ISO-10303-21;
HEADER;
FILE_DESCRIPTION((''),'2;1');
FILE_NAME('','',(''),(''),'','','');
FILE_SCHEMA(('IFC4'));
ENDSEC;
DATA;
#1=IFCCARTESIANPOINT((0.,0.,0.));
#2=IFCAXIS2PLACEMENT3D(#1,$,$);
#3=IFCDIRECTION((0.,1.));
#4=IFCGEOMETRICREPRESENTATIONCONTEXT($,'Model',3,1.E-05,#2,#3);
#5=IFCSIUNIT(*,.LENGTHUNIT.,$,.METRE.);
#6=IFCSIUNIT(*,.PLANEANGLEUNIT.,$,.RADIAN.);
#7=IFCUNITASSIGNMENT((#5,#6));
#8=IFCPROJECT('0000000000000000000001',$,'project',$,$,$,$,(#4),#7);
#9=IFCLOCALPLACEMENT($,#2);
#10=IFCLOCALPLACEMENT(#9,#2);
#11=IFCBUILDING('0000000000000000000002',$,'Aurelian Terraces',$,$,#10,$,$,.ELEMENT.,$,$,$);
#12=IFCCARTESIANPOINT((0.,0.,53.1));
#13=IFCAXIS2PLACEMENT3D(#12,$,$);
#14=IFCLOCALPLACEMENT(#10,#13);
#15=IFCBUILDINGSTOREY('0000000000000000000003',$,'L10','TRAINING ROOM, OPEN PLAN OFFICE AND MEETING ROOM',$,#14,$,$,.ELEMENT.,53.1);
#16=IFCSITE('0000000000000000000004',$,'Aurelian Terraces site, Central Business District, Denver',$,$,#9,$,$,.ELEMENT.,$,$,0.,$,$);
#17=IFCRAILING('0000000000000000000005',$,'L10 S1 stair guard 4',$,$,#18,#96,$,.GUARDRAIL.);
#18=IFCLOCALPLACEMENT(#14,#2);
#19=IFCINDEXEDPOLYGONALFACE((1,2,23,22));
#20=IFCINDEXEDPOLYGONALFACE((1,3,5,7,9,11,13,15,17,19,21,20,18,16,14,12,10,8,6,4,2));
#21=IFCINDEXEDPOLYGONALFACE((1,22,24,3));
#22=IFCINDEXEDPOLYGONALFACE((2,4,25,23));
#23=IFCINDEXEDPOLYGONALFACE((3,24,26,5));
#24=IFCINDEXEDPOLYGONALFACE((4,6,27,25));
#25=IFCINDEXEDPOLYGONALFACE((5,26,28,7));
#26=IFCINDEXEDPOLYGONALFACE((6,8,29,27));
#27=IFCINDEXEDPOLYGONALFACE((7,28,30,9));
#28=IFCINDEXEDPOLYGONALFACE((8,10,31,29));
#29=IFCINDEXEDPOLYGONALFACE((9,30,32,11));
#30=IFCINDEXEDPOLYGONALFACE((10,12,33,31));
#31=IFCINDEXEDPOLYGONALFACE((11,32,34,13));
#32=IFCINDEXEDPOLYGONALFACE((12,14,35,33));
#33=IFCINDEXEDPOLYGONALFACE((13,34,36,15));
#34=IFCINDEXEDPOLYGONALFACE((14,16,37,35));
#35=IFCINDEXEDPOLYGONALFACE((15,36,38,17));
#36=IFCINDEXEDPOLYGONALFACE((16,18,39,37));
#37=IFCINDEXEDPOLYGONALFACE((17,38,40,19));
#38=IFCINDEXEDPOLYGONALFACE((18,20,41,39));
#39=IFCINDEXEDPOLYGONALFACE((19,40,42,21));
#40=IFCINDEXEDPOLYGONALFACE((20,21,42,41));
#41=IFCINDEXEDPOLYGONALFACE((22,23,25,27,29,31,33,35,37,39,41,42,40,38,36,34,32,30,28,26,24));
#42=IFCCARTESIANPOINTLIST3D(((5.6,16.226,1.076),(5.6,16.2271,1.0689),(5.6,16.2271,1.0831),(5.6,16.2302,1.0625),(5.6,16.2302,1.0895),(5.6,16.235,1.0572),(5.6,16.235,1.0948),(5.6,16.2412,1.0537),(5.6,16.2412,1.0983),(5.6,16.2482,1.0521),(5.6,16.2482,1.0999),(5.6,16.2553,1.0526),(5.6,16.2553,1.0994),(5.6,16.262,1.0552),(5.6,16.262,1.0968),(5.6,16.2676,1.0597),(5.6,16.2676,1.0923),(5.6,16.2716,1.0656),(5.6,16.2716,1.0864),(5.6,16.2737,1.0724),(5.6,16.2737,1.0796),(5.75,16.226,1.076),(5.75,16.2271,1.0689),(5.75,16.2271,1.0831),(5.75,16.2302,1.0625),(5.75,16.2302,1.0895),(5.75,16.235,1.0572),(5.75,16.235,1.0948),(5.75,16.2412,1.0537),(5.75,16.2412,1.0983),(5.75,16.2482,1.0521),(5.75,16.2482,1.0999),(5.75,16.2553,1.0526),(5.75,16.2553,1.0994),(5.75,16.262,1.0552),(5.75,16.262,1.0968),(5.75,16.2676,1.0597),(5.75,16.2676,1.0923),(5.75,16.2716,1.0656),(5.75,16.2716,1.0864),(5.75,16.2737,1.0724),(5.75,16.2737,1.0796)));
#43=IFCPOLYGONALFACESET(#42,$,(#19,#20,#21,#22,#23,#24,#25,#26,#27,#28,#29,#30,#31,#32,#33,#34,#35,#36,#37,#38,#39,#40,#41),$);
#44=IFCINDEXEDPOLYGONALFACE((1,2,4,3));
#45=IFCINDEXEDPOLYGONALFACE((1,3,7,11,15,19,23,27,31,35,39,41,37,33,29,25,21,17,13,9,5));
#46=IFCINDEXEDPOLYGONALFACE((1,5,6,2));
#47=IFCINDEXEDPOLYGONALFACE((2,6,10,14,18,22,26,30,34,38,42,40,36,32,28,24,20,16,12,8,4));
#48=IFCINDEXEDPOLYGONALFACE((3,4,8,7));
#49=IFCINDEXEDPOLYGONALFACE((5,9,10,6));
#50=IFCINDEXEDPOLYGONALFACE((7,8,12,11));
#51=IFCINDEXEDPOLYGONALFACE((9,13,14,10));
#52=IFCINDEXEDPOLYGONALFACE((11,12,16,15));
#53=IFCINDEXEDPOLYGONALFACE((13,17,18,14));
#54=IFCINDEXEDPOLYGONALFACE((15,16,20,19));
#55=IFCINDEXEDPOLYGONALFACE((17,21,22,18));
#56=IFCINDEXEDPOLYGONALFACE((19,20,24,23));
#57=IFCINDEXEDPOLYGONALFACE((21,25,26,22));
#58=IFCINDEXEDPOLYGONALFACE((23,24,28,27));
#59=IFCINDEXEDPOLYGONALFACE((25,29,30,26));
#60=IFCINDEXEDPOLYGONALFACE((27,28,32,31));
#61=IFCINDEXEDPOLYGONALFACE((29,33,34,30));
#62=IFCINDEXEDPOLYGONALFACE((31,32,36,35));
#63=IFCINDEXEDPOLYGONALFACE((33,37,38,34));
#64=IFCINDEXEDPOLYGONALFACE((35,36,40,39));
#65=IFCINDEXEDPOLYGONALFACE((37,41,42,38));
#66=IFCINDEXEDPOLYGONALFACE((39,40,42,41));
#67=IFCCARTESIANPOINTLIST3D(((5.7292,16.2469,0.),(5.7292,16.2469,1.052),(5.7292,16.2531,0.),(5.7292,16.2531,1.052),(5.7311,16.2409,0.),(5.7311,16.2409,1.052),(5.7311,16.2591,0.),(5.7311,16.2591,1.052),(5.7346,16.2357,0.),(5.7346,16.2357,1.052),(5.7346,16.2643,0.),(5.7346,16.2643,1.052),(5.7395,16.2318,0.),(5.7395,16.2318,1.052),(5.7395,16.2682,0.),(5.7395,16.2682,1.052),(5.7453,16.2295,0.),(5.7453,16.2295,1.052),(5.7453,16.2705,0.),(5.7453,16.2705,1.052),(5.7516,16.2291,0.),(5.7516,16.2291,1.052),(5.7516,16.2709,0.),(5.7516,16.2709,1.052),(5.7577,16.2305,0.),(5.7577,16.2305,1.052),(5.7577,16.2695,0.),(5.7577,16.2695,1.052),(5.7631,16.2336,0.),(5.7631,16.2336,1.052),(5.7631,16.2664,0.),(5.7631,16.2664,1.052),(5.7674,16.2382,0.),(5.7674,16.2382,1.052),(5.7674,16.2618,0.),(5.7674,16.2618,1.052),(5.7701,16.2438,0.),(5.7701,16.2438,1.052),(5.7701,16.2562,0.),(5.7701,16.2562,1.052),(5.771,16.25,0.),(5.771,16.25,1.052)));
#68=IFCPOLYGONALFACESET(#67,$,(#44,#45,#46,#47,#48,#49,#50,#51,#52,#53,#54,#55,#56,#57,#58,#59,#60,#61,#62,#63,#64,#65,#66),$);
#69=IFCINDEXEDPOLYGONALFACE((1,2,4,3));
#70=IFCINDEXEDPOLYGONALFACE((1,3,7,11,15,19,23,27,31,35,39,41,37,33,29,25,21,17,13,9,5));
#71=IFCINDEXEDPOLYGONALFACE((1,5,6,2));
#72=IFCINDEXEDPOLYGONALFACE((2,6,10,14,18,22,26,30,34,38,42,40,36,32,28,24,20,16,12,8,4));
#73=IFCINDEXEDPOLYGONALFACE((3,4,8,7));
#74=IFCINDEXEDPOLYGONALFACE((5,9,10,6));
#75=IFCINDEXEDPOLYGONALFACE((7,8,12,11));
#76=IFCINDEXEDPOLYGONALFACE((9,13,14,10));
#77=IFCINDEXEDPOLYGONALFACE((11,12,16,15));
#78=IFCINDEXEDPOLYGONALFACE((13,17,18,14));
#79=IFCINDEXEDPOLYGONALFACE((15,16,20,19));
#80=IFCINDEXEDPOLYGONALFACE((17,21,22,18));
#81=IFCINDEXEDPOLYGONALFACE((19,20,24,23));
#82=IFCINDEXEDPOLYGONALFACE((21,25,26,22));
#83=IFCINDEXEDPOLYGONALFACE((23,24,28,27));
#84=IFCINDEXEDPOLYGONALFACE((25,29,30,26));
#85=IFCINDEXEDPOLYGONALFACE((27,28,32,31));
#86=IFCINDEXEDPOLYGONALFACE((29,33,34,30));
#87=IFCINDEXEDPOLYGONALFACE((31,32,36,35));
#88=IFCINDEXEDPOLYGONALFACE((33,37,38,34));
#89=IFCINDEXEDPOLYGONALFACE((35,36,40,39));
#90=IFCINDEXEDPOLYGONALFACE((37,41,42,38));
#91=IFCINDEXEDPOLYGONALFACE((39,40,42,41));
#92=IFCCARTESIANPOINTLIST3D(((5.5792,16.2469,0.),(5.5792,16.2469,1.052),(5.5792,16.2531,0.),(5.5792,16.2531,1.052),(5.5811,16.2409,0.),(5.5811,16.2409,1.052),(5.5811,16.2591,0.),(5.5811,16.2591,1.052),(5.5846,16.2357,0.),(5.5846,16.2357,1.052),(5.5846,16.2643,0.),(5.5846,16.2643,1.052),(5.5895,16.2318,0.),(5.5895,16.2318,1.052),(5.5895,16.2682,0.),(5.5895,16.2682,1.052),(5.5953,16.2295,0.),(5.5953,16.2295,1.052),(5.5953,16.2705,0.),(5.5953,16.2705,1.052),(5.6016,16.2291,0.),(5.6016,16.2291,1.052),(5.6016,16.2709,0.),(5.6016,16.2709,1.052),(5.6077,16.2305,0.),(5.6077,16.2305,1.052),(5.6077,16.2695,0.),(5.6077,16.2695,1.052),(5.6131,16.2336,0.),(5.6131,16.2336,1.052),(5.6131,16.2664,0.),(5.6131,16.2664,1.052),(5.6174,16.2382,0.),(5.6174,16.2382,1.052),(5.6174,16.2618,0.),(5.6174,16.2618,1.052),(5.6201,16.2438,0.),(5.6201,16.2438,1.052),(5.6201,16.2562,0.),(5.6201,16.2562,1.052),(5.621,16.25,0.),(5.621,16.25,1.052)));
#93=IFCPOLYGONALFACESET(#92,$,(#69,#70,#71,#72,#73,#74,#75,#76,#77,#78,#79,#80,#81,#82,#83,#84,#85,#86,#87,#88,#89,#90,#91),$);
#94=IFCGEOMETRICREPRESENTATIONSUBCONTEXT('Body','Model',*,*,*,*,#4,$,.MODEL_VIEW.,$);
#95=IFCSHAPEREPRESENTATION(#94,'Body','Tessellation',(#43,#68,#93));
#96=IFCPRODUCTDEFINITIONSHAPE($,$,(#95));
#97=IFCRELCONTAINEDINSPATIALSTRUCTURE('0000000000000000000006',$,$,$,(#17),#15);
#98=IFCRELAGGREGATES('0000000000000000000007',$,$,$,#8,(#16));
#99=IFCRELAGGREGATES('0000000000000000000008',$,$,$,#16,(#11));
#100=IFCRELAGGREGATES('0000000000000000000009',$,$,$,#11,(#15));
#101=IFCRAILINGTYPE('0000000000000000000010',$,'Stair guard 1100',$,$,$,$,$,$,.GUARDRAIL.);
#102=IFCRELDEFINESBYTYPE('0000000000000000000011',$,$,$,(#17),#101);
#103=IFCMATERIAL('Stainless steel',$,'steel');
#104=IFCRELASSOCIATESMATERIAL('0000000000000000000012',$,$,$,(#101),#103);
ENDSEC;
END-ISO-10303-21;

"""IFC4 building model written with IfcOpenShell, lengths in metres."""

from ifc_helpers import new_model, si_unit, direction, frame, origin, origin_2d, place, context, subcontext, project, spatial, circle, extrude, source, transform, mapped, material, type_object, element, save


model = new_model("IFC4")

# Units and contexts
model_context = context("Model", 3, precision=1e-05, world=origin(), true_north=direction((0.0, 1.0)))
body_context = subcontext(model_context, "Body", "Model", "MODEL_VIEW")
ifc_project = project(units=[si_unit("LENGTHUNIT", "METRE"), si_unit("PLANEANGLEUNIT", "RADIAN")], contexts=[model_context])

# Site, building, storey
site_placement = place(None, origin())
site = spatial("IfcSite", under=ifc_project, at=site_placement, Name="Aurelian Terraces site, Central Business District, Denver", CompositionType="ELEMENT", RefElevation=0.0)
building_placement = place(site_placement, origin())
building = spatial("IfcBuilding", under=site, at=building_placement, Name="Aurelian Terraces", CompositionType="ELEMENT")
storey_placement = place(building_placement, frame((0.0, 0.0, 53.1)))
storey = spatial("IfcBuildingStorey", under=building, at=storey_placement, Name="L10", Description="TRAINING ROOM, OPEN PLAN OFFICE AND MEETING ROOM", CompositionType="ELEMENT", Elevation=53.1)

# Shared definitions
ifc_material_1 = material(Name="Stainless steel", Category="steel")

# Railing
railing_type_1 = type_object("IfcRailingType", Name="Stair guard 1100", PredefinedType="GUARDRAIL", material=ifc_material_1)
shared_shape_1 = source(origin(), body_context, "Body", "SweptSolid", [
    extrude(circle(Radius=0.024, at=origin_2d()), frame((0.0, 0.0, 1.076), z_axis=(-1.0, 0.0, 0.0), x_axis=(0.0, -1.0, 0.0)), (0.0, 0.0, 1.0), 0.15),
    extrude(circle(Radius=0.021, at=origin_2d()), origin(), (0.0, 0.0, 1.0), 1.052),
    extrude(circle(Radius=0.021, at=origin_2d()), frame((-0.15, 0.0, 0.0)), (0.0, 0.0, 1.0), 1.052),
])
for number, where, name in (
    (1, (5.75, 16.25, 0.0), "L10 S1 stair guard 4"),
):
    element("IfcRailing", number, at=place(storey_placement, frame(where)), inside=storey, type_object=railing_type_1, Name=name, PredefinedType="GUARDRAIL", context=body_context, shape_type="MappedRepresentation", body=[
        mapped(shared_shape_1, transform((0.0, 0.0, 0.0), scale=1.0)),
    ])

save(model, "model.ifc")
